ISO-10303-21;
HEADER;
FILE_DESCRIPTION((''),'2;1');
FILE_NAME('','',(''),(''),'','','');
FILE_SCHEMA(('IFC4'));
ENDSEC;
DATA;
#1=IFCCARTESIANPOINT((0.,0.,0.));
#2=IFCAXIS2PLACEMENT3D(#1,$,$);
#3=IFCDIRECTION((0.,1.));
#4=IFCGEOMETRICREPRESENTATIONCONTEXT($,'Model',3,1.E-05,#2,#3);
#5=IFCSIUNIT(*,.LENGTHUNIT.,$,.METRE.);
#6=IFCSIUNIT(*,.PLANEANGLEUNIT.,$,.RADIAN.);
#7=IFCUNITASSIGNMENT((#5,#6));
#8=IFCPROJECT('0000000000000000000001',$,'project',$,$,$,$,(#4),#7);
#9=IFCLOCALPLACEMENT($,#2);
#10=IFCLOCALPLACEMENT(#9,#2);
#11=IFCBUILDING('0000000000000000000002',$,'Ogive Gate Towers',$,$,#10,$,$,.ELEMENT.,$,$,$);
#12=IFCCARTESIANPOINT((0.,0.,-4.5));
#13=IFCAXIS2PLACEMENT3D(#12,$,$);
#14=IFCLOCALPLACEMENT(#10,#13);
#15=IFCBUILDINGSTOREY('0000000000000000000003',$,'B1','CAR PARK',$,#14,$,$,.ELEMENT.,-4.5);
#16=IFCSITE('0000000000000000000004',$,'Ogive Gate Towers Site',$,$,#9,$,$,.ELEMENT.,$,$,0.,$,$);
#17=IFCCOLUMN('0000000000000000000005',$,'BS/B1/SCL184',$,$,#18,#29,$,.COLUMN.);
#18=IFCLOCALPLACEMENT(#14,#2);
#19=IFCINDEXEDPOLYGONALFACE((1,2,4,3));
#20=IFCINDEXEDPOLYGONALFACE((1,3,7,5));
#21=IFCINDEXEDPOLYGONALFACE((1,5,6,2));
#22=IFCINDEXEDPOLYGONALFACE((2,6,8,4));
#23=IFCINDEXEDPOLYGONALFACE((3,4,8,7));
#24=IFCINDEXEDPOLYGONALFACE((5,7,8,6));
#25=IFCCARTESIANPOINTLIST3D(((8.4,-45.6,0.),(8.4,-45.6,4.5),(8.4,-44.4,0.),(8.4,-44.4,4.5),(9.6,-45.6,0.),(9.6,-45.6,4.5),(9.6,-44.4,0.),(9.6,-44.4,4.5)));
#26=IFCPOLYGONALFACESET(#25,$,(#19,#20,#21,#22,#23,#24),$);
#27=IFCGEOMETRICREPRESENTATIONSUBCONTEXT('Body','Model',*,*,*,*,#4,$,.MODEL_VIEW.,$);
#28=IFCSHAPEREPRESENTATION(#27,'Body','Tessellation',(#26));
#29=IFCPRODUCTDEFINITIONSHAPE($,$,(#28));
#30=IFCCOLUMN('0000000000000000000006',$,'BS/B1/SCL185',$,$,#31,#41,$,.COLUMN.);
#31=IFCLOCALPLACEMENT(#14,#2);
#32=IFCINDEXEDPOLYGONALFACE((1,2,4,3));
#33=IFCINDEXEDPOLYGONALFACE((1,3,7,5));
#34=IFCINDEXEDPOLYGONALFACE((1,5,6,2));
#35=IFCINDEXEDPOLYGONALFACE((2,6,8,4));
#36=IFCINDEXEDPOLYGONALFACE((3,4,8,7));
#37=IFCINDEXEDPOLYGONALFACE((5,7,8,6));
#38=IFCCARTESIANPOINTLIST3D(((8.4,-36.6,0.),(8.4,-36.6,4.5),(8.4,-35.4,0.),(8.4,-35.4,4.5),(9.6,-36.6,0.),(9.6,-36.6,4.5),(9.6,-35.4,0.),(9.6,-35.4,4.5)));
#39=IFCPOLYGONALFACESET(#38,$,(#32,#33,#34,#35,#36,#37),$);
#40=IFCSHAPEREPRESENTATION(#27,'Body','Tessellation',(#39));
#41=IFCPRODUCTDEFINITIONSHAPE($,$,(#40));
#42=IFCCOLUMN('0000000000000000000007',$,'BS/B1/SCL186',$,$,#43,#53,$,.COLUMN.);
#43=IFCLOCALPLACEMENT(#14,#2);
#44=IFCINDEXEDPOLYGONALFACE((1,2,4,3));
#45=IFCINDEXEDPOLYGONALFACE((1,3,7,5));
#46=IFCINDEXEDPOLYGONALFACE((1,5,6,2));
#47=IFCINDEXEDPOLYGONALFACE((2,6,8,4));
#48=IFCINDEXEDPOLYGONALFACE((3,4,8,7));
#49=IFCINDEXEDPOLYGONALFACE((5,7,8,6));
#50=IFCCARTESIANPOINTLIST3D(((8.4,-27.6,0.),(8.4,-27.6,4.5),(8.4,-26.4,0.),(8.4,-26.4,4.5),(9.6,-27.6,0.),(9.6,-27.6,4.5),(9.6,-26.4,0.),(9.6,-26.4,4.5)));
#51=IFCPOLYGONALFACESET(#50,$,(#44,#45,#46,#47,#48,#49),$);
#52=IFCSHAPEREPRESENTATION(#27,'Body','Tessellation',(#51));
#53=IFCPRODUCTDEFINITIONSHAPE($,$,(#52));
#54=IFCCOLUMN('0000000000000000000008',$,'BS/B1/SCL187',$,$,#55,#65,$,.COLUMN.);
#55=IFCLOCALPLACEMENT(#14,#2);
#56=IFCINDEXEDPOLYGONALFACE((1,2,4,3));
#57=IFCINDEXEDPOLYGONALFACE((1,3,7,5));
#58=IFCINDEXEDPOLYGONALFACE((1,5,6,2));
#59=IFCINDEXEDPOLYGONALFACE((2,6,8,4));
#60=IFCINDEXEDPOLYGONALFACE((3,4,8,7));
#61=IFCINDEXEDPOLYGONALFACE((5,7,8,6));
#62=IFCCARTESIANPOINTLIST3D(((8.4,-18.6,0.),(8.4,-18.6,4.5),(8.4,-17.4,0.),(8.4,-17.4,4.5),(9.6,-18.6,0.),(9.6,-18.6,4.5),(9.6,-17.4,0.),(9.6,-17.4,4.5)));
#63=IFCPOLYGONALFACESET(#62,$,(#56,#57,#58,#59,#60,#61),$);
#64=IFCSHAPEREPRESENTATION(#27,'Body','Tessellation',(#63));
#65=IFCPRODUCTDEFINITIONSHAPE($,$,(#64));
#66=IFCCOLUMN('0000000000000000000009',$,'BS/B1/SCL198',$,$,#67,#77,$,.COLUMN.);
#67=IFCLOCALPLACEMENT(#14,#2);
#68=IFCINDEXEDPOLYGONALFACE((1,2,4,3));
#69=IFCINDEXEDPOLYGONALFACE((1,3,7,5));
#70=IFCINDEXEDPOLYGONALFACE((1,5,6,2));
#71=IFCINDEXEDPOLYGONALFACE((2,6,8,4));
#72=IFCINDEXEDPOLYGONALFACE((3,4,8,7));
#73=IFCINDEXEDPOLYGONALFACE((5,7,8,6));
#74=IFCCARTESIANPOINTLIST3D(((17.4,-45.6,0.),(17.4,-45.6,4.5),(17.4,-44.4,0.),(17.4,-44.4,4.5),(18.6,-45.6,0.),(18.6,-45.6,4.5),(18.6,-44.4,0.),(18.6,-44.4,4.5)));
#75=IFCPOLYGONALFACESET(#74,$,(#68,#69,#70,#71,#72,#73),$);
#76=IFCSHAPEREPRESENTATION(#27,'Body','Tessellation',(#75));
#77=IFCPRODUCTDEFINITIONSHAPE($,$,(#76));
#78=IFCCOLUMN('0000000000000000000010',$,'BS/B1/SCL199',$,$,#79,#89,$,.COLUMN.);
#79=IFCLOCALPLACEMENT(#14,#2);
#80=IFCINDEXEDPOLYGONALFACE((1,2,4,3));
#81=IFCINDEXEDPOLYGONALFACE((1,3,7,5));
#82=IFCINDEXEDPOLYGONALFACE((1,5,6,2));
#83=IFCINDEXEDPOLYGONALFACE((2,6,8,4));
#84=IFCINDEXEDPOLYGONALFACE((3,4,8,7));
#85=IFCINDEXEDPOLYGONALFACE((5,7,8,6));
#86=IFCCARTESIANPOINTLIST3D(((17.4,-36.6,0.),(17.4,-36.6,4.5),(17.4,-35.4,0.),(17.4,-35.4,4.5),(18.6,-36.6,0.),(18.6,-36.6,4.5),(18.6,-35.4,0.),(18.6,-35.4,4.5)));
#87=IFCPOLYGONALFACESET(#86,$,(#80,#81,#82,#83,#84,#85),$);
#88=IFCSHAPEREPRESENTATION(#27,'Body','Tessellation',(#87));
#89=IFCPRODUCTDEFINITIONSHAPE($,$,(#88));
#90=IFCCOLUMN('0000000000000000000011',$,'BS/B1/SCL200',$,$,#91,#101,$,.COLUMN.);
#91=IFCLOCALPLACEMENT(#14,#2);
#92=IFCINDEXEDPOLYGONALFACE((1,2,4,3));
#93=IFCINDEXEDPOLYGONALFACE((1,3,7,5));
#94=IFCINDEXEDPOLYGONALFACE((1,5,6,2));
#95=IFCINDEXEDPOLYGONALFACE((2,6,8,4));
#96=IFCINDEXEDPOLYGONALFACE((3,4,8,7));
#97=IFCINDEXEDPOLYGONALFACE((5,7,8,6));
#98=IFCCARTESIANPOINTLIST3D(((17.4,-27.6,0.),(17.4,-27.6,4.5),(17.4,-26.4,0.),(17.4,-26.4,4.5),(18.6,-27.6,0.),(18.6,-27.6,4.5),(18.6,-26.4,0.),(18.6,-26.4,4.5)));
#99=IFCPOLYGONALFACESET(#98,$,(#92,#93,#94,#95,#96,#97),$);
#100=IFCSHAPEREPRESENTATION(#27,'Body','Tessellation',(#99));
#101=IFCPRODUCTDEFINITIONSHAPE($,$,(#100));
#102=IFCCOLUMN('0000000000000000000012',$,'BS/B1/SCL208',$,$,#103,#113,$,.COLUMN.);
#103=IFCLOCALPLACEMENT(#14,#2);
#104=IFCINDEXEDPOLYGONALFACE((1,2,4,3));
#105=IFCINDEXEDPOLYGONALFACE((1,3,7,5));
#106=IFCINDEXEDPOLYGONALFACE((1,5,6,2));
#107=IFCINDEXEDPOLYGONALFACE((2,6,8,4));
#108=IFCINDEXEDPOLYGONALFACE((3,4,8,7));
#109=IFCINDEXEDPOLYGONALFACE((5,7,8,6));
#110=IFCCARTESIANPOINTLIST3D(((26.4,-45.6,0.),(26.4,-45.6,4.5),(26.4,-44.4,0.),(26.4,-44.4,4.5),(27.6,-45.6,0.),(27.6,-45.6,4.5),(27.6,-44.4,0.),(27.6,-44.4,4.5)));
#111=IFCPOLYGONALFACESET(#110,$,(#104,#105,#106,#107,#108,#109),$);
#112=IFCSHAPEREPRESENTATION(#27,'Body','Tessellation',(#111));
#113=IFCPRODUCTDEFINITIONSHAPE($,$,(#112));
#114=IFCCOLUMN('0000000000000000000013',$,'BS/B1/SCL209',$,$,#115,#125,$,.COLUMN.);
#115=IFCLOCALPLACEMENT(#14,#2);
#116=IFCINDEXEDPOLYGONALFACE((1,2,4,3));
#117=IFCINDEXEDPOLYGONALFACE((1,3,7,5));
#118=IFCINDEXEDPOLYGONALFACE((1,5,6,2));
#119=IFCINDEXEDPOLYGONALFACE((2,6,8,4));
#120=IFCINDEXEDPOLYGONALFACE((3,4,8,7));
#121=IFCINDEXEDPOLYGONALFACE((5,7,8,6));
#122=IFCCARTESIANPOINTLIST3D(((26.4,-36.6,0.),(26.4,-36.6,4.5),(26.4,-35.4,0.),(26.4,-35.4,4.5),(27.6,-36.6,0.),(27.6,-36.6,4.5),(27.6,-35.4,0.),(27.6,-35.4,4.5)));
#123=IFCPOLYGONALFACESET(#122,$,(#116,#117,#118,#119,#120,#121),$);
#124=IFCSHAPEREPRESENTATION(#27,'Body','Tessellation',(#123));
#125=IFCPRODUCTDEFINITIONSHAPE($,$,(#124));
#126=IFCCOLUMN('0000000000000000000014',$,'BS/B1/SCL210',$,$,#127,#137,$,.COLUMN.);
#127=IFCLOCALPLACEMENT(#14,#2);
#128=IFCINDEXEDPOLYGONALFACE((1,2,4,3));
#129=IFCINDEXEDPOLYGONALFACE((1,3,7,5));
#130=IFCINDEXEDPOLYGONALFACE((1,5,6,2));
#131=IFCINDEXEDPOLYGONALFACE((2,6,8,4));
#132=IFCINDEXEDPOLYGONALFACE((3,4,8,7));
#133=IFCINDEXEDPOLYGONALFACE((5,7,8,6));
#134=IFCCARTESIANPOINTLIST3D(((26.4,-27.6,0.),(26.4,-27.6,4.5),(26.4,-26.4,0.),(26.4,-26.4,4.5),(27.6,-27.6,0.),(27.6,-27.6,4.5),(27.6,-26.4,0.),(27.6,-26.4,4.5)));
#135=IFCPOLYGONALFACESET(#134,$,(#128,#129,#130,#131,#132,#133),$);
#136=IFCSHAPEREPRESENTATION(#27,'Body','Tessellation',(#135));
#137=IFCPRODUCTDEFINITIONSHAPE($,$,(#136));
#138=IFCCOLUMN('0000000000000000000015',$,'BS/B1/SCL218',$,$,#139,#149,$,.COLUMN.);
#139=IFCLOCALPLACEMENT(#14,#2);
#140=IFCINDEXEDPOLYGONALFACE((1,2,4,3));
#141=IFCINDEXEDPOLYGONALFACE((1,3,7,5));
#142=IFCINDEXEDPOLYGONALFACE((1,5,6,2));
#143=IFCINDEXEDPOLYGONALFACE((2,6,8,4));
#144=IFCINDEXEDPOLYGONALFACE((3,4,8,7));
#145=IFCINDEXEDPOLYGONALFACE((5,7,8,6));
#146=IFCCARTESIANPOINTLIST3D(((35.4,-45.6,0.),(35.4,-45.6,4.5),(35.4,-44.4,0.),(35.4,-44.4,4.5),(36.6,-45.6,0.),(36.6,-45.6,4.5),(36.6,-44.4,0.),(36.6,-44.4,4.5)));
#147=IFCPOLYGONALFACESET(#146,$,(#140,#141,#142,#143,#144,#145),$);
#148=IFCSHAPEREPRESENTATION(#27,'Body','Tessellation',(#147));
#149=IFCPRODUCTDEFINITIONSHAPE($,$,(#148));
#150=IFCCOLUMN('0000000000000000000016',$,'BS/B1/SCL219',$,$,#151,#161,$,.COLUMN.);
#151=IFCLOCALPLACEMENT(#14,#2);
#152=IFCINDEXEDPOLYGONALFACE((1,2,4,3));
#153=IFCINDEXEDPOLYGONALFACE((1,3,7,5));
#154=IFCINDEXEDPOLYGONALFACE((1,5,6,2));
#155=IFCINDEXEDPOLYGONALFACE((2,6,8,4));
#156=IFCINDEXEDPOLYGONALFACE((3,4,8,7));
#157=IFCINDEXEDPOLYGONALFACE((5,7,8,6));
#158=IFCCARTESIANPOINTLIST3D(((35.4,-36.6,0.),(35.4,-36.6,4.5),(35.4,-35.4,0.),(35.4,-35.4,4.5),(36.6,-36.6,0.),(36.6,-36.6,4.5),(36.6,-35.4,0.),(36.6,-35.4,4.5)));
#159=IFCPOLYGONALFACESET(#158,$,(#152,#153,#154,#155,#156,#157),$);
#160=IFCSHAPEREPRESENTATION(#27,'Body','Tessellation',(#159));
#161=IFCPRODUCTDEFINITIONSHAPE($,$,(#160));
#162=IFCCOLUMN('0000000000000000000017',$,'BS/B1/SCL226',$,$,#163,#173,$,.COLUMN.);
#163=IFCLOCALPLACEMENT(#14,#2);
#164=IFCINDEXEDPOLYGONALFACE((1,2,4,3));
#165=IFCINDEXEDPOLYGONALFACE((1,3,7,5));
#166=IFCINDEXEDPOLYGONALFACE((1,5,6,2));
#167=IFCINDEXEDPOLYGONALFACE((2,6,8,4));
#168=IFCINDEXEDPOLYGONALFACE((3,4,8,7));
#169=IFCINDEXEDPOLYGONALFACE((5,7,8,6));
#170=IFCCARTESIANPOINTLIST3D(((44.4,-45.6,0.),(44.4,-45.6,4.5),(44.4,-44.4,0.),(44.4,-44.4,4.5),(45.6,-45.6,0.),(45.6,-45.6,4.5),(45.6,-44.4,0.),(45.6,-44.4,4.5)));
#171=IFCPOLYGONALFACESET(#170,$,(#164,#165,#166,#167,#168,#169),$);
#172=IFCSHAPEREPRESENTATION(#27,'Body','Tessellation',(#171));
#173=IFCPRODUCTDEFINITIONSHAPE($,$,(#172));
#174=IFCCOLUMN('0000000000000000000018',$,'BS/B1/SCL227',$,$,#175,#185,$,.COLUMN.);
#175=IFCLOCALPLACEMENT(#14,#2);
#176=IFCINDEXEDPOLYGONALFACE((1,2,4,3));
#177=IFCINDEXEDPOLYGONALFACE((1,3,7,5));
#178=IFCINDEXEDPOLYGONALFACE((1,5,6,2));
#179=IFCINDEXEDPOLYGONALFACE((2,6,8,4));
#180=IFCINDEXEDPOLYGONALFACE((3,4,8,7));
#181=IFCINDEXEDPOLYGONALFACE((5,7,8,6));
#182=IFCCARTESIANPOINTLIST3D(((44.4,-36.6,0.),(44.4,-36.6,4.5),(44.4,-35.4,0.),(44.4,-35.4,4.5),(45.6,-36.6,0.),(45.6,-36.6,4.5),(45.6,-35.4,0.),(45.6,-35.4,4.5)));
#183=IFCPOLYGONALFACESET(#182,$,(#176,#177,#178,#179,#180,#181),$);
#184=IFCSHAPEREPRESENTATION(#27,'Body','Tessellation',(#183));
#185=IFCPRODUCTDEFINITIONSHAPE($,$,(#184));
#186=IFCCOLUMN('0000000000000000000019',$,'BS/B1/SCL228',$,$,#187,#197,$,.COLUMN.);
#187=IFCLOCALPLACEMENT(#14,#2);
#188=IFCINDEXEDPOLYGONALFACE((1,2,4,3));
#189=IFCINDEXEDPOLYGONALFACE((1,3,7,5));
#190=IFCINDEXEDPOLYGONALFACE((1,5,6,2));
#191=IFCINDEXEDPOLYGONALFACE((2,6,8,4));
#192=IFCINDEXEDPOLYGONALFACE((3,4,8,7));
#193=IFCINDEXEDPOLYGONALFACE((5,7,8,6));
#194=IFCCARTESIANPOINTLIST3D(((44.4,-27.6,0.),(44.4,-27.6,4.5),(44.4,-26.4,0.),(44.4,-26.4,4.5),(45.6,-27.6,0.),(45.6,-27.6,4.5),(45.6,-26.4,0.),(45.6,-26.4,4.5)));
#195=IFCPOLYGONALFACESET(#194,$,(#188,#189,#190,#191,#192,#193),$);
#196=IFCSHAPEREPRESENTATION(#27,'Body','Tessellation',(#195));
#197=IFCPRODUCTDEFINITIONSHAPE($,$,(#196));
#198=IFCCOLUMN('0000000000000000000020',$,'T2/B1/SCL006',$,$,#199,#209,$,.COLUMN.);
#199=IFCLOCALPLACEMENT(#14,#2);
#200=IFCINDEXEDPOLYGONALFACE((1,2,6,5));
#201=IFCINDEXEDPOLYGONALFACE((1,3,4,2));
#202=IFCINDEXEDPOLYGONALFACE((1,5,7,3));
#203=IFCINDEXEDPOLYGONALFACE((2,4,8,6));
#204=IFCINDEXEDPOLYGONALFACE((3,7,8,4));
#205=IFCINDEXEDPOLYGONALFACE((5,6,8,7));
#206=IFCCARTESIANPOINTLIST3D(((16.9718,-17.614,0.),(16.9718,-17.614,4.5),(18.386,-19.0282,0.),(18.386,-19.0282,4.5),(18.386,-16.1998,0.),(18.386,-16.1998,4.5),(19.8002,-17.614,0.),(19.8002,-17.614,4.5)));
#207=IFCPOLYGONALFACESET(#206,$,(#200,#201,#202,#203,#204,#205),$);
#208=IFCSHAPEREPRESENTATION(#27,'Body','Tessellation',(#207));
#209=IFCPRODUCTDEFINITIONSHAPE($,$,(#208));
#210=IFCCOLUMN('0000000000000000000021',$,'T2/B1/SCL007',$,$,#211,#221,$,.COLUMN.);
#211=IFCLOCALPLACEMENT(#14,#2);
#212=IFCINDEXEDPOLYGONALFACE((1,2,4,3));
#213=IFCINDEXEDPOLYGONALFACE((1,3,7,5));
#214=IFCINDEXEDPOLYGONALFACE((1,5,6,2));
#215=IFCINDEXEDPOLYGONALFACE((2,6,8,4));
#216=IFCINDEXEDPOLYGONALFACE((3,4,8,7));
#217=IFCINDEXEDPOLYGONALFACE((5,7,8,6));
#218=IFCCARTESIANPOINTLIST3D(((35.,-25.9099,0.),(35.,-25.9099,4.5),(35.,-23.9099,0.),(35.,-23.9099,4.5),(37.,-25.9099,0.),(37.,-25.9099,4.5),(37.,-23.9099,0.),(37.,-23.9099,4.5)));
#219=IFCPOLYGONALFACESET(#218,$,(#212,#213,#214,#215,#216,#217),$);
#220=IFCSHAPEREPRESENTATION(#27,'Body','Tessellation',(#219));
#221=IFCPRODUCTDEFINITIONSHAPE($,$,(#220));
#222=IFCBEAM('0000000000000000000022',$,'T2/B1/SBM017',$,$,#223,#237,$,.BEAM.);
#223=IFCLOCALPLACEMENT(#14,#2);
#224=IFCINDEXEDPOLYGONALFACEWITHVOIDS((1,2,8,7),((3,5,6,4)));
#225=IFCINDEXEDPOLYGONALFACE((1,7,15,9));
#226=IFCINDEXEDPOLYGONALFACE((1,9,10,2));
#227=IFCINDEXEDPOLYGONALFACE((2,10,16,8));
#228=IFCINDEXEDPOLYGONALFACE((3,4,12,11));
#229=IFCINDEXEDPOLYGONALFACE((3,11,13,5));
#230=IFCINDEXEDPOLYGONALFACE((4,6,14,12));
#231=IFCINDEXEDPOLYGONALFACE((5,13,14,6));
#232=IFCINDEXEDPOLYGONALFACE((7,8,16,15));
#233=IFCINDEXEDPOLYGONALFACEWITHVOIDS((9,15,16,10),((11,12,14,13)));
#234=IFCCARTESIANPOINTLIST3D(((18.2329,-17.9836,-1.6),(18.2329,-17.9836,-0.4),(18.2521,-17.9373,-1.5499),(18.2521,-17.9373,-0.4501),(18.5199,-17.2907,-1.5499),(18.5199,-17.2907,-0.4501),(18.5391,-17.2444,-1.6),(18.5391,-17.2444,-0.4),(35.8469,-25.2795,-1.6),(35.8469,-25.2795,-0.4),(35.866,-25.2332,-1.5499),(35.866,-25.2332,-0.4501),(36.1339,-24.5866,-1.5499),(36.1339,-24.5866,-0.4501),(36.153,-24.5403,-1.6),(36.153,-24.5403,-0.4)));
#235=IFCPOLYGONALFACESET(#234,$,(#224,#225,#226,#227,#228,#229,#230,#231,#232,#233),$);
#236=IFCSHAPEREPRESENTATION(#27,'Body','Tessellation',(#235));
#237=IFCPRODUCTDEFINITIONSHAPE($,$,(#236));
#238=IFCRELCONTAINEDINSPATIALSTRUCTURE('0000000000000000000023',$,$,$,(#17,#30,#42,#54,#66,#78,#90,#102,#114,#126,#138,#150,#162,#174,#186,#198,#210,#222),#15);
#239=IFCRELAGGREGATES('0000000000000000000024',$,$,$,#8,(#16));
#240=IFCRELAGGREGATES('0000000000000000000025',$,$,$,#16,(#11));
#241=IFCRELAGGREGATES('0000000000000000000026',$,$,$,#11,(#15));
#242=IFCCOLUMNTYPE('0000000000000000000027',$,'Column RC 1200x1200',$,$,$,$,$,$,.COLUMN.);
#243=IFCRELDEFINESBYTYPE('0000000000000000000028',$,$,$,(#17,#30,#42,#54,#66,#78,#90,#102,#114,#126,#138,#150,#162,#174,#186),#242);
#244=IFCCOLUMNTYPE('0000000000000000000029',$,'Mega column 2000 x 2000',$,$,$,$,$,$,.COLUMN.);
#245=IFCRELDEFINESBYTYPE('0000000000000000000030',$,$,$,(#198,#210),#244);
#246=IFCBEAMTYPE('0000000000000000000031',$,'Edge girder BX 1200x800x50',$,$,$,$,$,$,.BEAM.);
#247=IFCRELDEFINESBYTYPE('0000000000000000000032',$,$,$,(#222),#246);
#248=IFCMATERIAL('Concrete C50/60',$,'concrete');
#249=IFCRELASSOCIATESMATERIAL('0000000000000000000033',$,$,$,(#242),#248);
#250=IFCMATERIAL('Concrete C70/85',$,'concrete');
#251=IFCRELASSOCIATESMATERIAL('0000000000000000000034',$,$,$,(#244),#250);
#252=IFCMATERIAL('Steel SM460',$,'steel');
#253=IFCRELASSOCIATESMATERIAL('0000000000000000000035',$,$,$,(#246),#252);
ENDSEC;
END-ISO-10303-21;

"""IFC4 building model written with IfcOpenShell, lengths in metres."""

from ifc_helpers import new_model, si_unit, direction, frame, origin, origin_2d, place, context, subcontext, project, spatial, rectangle, hollow_rectangle, extrude, material, material_profile, profile_set, type_object, element, save


model = new_model("IFC4")

# Units and contexts
model_context = context("Model", 3, precision=1e-05, world=origin(), true_north=direction((0.0, 1.0)))
body_context = subcontext(model_context, "Body", "Model", "MODEL_VIEW")
ifc_project = project(units=[si_unit("LENGTHUNIT", "METRE"), si_unit("PLANEANGLEUNIT", "RADIAN")], contexts=[model_context])

# Site, building, storey
site_placement = place(None, origin())
site = spatial("IfcSite", under=ifc_project, at=site_placement, Name="Ogive Gate Towers Site", CompositionType="ELEMENT", RefElevation=0.0)
building_placement = place(site_placement, origin())
building = spatial("IfcBuilding", under=site, at=building_placement, Name="Ogive Gate Towers", CompositionType="ELEMENT")
storey_placement = place(building_placement, frame((0.0, 0.0, -4.5)))
storey = spatial("IfcBuildingStorey", under=building, at=storey_placement, Name="B1", Description="CAR PARK", CompositionType="ELEMENT", Elevation=-4.5)

# Columns
ifc_material_1 = material(Name="Concrete C50/60", Category="concrete")
ifc_material_profile_1 = material_profile(ifc_material_1, rectangle(XDim=1.2, YDim=1.2, at=origin_2d()), Name="RC 1200x1200")
ifc_profile_set_1 = profile_set([ifc_material_profile_1], Name="Concrete C50/60")
column_type_1 = type_object("IfcColumnType", Name="Column RC 1200x1200", PredefinedType="COLUMN", material=ifc_profile_set_1)
for number, where, z_axis, x_axis, name in (
    (1, (9.0, -45.0, 0.0), (0.0, 0.0, 1.0), (1.0, 0.0, 0.0), "BS/B1/SCL184"),
    (2, (9.0, -36.0, 0.0), (0.0, 0.0, 1.0), (1.0, 0.0, 0.0), "BS/B1/SCL185"),
    (3, (9.0, -27.0, 0.0), (0.0, 0.0, 1.0), (1.0, 0.0, 0.0), "BS/B1/SCL186"),
    (4, (9.0, -18.0, 0.0), (0.0, 0.0, 1.0), (1.0, 0.0, 0.0), "BS/B1/SCL187"),
    (5, (18.0, -45.0, 0.0), (0.0, 0.0, 1.0), (1.0, 0.0, 0.0), "BS/B1/SCL198"),
    (6, (18.0, -36.0, 0.0), (0.0, 0.0, 1.0), (1.0, 0.0, 0.0), "BS/B1/SCL199"),
    (7, (18.0, -27.0, 0.0), (0.0, 0.0, 1.0), (1.0, 0.0, 0.0), "BS/B1/SCL200"),
    (8, (27.0, -45.0, 0.0), (0.0, 0.0, 1.0), (1.0, 0.0, 0.0), "BS/B1/SCL208"),
    (9, (27.0, -36.0, 0.0), (0.0, 0.0, 1.0), (1.0, 0.0, 0.0), "BS/B1/SCL209"),
    (10, (27.0, -27.0, 0.0), (0.0, 0.0, 1.0), (1.0, 0.0, 0.0), "BS/B1/SCL210"),
    (11, (36.0, -45.0, 0.0), (0.0, 0.0, 1.0), (1.0, 0.0, 0.0), "BS/B1/SCL218"),
    (12, (36.0, -36.0, 0.0), (0.0, 0.0, 1.0), (1.0, 0.0, 0.0), "BS/B1/SCL219"),
    (13, (45.0, -45.0, 0.0), (0.0, 0.0, 1.0), (1.0, 0.0, 0.0), "BS/B1/SCL226"),
    (14, (45.0, -36.0, 0.0), (0.0, 0.0, 1.0), (1.0, 0.0, 0.0), "BS/B1/SCL227"),
    (15, (45.0, -27.0, 0.0), (0.0, 0.0, 1.0), (1.0, 0.0, 0.0), "BS/B1/SCL228"),
):
    element("IfcColumn", number, at=place(storey_placement, frame(where, z_axis=z_axis, x_axis=x_axis)), inside=storey, type_object=column_type_1, Name=name, PredefinedType="COLUMN", context=body_context, shape_type="SweptSolid", body=[
        extrude(rectangle(XDim=1.2, YDim=1.2, at=origin_2d()), origin(), (0.0, 0.0, 1.0), 4.5),
    ])
ifc_material_2 = material(Name="Concrete C70/85", Category="concrete")
ifc_material_profile_2 = material_profile(ifc_material_2, rectangle(XDim=2.0, YDim=2.0, at=origin_2d()), Name="RC 2000x2000")
ifc_profile_set_2 = profile_set([ifc_material_profile_2], Name="Concrete C70/85")
column_type_2 = type_object("IfcColumnType", Name="Mega column 2000 x 2000", PredefinedType="COLUMN", material=ifc_profile_set_2)
for number, where, z_axis, x_axis, name in (
    (16, (18.386, -17.614, 0.0), (0.0, 0.0, 1.0), (-0.707107, -0.707107, 0.0), "T2/B1/SCL006"),
    (17, (36.0, -24.9099, 0.0), (0.0, 0.0, 1.0), (0.0, -1.0, 0.0), "T2/B1/SCL007"),
):
    element("IfcColumn", number, at=place(storey_placement, frame(where, z_axis=z_axis, x_axis=x_axis)), inside=storey, type_object=column_type_2, Name=name, PredefinedType="COLUMN", context=body_context, shape_type="SweptSolid", body=[
        extrude(rectangle(XDim=2.0, YDim=2.0, at=origin_2d()), origin(), (0.0, 0.0, 1.0), 4.5),
    ])

# Beam
ifc_material_3 = material(Name="Steel SM460", Category="steel")
ifc_material_profile_3 = material_profile(ifc_material_3, hollow_rectangle(XDim=0.8, YDim=1.2, WallThickness=0.05, at=origin_2d()), Name="BX 1200x800x50")
ifc_profile_set_3 = profile_set([ifc_material_profile_3], Name="Steel SM460")
beam_type_1 = type_object("IfcBeamType", Name="Edge girder BX 1200x800x50", PredefinedType="BEAM", material=ifc_profile_set_3)
for number, where, z_axis, x_axis, name in (
    (18, (18.386, -17.614, -1.0), (0.923881, -0.382681, 0.0), (0.382681, 0.923881, 0.0), "T2/B1/SBM017"),
):
    element("IfcBeam", number, at=place(storey_placement, frame(where, z_axis=z_axis, x_axis=x_axis)), inside=storey, type_object=beam_type_1, Name=name, PredefinedType="BEAM", context=body_context, shape_type="SweptSolid", body=[
        extrude(hollow_rectangle(XDim=0.8, YDim=1.2, WallThickness=0.05, at=origin_2d()), origin(), (0.0, 0.0, 1.0), 19.0652),
    ])

save(model, "model.ifc")
